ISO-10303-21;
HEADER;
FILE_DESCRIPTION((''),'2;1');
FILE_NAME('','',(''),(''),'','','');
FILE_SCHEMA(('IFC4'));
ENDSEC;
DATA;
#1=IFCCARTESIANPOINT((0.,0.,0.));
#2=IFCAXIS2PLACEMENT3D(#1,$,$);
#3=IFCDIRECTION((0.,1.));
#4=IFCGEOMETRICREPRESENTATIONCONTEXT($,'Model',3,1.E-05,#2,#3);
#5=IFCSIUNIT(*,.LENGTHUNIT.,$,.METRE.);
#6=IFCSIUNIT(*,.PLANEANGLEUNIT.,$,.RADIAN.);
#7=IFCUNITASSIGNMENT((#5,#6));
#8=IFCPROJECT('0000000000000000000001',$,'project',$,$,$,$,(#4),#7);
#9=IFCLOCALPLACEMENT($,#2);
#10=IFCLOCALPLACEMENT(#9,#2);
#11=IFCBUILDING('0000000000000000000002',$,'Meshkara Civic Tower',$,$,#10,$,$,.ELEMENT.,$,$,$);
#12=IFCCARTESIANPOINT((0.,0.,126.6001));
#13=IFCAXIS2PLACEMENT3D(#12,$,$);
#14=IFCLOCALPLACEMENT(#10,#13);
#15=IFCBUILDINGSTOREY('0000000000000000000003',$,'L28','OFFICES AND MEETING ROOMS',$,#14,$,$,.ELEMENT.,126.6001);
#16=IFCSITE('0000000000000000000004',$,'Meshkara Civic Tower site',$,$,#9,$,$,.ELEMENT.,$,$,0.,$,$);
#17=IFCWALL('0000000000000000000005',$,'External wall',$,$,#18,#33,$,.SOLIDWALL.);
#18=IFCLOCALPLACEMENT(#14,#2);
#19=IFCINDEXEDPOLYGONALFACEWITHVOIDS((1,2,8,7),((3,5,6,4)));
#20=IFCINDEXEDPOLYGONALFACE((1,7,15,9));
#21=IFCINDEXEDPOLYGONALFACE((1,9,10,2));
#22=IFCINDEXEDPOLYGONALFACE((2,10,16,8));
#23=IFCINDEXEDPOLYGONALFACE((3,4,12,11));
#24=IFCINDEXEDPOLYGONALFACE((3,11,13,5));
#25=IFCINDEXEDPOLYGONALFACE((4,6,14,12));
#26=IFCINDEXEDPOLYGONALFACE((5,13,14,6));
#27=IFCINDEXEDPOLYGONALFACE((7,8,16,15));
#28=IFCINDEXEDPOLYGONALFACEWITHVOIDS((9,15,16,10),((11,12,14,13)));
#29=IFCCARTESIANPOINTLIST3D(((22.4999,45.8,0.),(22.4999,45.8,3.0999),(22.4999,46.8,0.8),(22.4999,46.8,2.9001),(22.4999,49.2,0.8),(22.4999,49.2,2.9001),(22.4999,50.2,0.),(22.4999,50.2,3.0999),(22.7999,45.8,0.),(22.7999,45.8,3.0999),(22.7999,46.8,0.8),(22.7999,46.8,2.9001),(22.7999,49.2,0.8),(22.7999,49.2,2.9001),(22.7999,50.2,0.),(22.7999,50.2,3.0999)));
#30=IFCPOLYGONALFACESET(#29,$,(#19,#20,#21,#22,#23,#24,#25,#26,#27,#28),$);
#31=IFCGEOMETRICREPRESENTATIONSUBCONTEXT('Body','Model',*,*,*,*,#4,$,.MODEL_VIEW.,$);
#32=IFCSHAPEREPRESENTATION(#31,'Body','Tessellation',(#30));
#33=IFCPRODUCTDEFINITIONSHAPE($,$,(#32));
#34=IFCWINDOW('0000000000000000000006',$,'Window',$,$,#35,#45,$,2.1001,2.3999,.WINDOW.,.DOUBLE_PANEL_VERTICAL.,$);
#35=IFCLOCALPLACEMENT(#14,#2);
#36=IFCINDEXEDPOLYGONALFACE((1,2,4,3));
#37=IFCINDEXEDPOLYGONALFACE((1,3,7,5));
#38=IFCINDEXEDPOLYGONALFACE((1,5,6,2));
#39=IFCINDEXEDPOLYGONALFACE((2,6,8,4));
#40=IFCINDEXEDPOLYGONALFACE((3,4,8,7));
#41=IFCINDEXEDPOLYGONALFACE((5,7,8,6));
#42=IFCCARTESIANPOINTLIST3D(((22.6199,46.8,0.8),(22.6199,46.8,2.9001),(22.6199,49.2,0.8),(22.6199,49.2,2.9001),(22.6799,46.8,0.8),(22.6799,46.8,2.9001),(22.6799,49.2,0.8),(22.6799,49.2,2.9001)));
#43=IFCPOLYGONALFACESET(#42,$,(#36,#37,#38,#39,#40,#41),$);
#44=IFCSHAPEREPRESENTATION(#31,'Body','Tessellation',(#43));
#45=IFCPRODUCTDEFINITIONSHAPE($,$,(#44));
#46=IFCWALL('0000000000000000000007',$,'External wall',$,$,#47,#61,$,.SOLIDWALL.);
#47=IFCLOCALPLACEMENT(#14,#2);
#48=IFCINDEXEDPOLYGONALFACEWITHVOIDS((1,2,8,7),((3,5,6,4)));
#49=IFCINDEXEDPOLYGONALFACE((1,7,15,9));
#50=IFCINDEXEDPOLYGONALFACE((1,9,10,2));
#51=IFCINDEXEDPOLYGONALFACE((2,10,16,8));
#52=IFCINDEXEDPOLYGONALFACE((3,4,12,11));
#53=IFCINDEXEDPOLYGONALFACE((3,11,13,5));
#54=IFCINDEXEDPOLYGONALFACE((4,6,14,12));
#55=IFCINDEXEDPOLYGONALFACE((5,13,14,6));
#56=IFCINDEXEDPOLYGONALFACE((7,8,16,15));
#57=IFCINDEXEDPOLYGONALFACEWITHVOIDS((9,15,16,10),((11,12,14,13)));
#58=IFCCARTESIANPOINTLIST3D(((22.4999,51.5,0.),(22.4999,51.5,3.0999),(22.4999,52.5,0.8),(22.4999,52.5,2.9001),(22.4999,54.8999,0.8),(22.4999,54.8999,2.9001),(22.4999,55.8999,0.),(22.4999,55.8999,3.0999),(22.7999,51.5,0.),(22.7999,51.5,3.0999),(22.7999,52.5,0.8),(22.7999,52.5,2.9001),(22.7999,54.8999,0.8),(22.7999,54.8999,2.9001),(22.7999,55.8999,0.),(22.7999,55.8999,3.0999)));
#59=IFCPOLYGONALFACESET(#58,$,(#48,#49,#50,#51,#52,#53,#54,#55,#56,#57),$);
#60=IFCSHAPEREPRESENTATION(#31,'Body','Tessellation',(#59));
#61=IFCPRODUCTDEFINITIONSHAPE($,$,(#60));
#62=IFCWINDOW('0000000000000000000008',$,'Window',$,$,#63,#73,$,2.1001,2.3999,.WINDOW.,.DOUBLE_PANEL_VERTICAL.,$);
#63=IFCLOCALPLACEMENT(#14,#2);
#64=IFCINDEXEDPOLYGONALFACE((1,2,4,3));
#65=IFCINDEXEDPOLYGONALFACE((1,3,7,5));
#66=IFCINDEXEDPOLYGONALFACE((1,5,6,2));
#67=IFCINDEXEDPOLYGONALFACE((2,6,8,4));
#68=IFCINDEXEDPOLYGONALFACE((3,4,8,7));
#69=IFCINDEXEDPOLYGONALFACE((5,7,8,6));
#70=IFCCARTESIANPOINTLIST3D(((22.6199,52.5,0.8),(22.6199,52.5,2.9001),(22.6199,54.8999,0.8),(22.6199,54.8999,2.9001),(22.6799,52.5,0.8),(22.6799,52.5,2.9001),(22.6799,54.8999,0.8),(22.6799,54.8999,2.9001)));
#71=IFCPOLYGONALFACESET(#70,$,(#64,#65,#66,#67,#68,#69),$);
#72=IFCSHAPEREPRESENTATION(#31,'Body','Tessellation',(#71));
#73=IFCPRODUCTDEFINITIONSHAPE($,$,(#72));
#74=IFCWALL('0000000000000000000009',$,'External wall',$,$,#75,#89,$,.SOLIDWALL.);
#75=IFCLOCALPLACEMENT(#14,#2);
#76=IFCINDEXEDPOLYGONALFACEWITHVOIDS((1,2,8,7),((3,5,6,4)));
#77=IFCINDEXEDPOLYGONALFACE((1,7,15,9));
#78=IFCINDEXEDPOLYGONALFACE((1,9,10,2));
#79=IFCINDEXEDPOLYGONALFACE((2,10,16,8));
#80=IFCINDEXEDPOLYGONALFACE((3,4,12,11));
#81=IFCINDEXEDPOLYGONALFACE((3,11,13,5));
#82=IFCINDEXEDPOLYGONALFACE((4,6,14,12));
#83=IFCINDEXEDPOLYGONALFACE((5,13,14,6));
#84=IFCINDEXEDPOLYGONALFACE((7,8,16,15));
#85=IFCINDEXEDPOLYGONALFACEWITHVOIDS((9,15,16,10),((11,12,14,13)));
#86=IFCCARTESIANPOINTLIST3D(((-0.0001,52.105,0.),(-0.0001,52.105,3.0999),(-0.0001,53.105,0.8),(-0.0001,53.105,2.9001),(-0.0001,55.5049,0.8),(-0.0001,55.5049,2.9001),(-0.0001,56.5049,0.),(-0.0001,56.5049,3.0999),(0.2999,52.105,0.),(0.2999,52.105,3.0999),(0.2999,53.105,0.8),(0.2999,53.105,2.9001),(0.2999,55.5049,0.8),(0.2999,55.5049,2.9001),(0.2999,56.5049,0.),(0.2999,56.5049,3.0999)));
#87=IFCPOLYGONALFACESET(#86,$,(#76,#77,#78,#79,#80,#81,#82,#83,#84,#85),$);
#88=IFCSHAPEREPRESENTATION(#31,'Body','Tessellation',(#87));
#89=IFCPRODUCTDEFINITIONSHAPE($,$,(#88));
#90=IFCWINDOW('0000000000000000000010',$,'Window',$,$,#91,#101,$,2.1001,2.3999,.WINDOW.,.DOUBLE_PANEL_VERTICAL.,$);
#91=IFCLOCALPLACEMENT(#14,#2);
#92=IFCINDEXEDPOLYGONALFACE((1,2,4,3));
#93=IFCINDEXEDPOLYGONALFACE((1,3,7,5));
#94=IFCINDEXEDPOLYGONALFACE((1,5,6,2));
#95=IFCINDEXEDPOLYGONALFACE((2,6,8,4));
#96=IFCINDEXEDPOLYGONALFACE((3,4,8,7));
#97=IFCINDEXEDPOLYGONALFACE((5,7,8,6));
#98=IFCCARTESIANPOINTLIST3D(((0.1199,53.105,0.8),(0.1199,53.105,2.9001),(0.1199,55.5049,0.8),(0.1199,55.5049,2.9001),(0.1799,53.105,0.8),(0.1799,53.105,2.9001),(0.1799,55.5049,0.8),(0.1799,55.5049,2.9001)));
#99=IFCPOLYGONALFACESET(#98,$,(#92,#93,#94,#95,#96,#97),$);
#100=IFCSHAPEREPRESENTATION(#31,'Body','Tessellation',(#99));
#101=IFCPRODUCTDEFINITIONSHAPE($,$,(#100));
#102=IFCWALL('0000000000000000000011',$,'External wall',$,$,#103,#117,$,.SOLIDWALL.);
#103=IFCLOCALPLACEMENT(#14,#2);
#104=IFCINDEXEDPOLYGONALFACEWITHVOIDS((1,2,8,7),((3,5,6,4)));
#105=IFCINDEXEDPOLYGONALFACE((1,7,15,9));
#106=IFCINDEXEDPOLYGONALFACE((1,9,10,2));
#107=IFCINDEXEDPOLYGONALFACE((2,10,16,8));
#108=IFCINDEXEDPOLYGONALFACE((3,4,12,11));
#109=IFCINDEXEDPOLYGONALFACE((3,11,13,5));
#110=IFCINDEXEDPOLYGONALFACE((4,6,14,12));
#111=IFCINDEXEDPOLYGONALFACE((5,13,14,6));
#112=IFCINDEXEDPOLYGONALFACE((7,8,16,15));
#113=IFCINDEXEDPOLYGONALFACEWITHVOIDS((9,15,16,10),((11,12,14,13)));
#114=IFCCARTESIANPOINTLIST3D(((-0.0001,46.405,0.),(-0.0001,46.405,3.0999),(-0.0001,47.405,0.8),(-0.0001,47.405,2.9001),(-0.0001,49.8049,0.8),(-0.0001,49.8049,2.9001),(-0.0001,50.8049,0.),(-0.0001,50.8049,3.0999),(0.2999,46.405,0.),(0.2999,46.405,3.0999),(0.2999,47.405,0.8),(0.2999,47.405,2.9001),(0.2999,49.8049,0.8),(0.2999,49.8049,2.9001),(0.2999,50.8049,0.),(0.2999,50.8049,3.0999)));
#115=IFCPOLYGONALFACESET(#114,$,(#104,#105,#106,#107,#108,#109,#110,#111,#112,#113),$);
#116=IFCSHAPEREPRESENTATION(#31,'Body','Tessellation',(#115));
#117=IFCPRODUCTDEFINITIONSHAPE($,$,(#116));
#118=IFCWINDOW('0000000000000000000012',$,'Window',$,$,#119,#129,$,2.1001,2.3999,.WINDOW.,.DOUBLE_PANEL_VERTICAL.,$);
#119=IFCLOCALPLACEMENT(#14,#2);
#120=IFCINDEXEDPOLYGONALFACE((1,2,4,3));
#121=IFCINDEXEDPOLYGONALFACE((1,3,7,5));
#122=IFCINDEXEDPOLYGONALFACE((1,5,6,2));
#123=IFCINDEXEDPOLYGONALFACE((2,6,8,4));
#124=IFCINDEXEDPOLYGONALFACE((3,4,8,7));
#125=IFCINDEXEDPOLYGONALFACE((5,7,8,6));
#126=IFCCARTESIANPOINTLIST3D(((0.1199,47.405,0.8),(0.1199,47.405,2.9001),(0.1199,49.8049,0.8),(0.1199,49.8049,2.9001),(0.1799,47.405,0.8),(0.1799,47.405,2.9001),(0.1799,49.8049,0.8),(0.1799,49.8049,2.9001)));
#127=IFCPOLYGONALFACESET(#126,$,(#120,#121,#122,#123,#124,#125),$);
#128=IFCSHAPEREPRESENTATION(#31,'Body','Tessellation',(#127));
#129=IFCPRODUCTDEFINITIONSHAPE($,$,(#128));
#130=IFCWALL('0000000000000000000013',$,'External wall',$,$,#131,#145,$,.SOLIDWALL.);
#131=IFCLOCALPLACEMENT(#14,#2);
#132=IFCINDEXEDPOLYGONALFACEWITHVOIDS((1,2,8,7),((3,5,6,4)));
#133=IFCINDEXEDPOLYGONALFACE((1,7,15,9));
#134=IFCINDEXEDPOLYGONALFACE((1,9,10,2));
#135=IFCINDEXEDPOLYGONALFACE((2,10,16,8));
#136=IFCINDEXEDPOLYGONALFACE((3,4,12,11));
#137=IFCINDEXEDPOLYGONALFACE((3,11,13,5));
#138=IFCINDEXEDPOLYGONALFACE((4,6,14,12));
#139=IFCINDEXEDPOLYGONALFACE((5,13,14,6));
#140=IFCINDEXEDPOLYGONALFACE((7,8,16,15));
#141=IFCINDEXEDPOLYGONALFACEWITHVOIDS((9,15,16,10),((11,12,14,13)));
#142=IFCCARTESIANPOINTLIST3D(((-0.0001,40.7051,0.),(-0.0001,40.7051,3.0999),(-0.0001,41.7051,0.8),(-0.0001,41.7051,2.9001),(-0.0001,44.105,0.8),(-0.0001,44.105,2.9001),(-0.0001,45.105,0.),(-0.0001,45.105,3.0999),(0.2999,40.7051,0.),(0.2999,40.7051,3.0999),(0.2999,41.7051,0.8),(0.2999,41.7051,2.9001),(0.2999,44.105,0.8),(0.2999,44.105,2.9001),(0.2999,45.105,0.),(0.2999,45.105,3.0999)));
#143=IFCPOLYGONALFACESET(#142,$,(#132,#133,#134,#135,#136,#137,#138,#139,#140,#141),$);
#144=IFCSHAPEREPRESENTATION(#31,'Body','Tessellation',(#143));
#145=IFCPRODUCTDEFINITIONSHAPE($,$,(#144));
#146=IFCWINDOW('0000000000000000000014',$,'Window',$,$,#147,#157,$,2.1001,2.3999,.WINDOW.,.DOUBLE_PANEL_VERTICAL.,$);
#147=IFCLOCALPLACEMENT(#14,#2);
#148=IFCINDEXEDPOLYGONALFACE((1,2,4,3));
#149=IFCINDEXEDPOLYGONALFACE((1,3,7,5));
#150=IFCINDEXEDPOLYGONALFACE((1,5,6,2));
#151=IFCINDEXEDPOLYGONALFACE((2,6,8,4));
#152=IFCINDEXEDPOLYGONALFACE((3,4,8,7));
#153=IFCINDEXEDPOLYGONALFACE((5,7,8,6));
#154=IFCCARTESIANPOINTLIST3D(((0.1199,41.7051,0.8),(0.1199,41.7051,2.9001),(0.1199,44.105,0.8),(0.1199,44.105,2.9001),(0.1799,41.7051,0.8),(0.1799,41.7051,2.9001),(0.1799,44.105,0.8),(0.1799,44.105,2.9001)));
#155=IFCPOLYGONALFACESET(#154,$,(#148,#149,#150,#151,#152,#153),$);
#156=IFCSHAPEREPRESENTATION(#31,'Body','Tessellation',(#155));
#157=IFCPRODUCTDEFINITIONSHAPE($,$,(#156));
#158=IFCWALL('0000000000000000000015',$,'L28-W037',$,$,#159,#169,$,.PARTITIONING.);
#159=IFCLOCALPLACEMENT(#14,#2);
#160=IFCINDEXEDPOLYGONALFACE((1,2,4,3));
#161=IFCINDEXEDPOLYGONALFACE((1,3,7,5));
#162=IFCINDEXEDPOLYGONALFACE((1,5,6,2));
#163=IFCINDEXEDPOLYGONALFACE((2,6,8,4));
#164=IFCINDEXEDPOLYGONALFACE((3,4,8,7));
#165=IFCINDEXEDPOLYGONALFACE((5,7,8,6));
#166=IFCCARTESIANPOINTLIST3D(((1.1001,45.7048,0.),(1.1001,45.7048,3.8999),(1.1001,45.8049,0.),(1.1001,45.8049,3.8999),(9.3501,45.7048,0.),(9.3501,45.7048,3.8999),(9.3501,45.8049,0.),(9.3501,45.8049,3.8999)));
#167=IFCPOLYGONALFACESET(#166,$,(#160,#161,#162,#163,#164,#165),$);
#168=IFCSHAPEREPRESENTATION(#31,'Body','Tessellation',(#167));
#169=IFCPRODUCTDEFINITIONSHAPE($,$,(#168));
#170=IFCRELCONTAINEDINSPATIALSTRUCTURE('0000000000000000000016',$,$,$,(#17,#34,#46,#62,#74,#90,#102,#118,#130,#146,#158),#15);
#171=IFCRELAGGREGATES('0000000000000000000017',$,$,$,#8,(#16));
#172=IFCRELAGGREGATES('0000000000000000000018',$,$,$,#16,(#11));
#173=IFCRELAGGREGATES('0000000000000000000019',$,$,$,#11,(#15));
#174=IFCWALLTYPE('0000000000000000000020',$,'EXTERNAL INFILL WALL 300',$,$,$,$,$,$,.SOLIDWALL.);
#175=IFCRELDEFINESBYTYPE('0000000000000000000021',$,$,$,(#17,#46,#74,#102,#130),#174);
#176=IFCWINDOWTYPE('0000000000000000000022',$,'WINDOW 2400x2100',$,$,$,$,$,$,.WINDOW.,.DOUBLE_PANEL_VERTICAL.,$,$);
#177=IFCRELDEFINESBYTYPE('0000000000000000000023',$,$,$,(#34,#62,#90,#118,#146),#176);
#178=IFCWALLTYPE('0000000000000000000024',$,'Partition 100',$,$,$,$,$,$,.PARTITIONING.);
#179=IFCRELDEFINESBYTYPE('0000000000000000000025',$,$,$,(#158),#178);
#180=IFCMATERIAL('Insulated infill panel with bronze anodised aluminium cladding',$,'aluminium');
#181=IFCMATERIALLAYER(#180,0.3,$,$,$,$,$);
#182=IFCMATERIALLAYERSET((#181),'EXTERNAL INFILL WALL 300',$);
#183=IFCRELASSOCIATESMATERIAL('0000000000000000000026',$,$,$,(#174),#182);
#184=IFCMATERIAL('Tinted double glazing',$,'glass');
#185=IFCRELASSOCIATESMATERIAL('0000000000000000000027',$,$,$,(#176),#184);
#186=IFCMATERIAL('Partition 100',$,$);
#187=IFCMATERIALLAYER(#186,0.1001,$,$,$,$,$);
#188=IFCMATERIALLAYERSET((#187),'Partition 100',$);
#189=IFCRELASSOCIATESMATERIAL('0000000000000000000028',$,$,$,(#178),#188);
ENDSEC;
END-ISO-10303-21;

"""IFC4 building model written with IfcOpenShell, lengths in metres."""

from ifc_helpers import new_model, si_unit, direction, frame, frame_2d, origin, place, context, subcontext, project, spatial, rectangle, extrude, material, layer, layer_set, type_object, element, fill, save


model = new_model("IFC4")

# Units and contexts
model_context = context("Model", 3, precision=1e-05, world=origin(), true_north=direction((0.0, 1.0)))
body_context = subcontext(model_context, "Body", "Model", "MODEL_VIEW")
ifc_project = project(units=[si_unit("LENGTHUNIT", "METRE"), si_unit("PLANEANGLEUNIT", "RADIAN")], contexts=[model_context])

# Site, building, storey
site_placement = place(None, origin())
site = spatial("IfcSite", under=ifc_project, at=site_placement, Name="Meshkara Civic Tower site", CompositionType="ELEMENT", RefElevation=0.0)
building_placement = place(site_placement, origin())
building = spatial("IfcBuilding", under=site, at=building_placement, Name="Meshkara Civic Tower", CompositionType="ELEMENT")
storey_placement = place(building_placement, frame((0.0, 0.0, 126.6001)))
storey = spatial("IfcBuildingStorey", under=building, at=storey_placement, Name="L28", Description="OFFICES AND MEETING ROOMS", CompositionType="ELEMENT", Elevation=126.6001)

# Walls, openings, windows
ifc_material_1 = material(Name="Insulated infill panel with bronze anodised aluminium cladding", Category="aluminium")
ifc_layer_1 = layer(ifc_material_1, 0.3)
ifc_layer_set_1 = layer_set([ifc_layer_1], Name="EXTERNAL INFILL WALL 300")
wall_type_1 = type_object("IfcWallType", Name="EXTERNAL INFILL WALL 300", PredefinedType="SOLIDWALL", material=ifc_layer_set_1)
wall_1_placement = place(storey_placement, frame((22.6499, 45.8, 0.0), z_axis=(0.0, 0.0, 1.0), x_axis=(0.0, 1.0, 0.0)))
wall_1 = element("IfcWall", 1, at=wall_1_placement, inside=storey, type_object=wall_type_1, Name="External wall", PredefinedType="SOLIDWALL", context=body_context, shape_type="SweptSolid", body=[
    extrude(rectangle(XDim=4.3999, YDim=0.3, at=frame_2d((2.2, 0.0))), origin(), (0.0, 0.0, 1.0), 3.0999),
])
opening_1_placement = place(wall_1_placement, frame((1.0, 0.0, 0.8)))
opening_1 = element("IfcOpeningElement", 2, at=opening_1_placement, cuts=wall_1, PredefinedType="OPENING", context=body_context, shape_type="SweptSolid", body=[
    extrude(rectangle(XDim=2.3999, YDim=2.1001, at=frame_2d((1.2, 1.05))), frame((0.0, 0.1599, 0.0), z_axis=(0.0, -1.0, 0.0), x_axis=(1.0, 0.0, 0.0)), (0.0, 0.0, 1.0), 0.3201),
])
ifc_material_2 = material(Name="Tinted double glazing", Category="glass")
window_type = type_object("IfcWindowType", Name="WINDOW 2400x2100", PartitioningType="DOUBLE_PANEL_VERTICAL", PredefinedType="WINDOW", material=ifc_material_2)
window_1_placement = place(opening_1_placement, origin())
window_1 = element("IfcWindow", 3, at=window_1_placement, inside=storey, type_object=window_type, Name="Window", OverallHeight=2.1001, OverallWidth=2.3999, PartitioningType="DOUBLE_PANEL_VERTICAL", PredefinedType="WINDOW", context=body_context, shape_type="SweptSolid", body=[
    extrude(rectangle(XDim=2.3999, YDim=2.1001, at=frame_2d((1.2, 1.05))), frame((0.0, 0.03, 0.0), z_axis=(0.0, -1.0, 0.0), x_axis=(1.0, 0.0, 0.0)), (0.0, 0.0, 1.0), 0.0601),
])
fill(opening_1, window_1)
wall_2_placement = place(storey_placement, frame((22.6499, 51.5, 0.0), z_axis=(0.0, 0.0, 1.0), x_axis=(0.0, 1.0, 0.0)))
wall_2 = element("IfcWall", 4, at=wall_2_placement, inside=storey, type_object=wall_type_1, Name="External wall", PredefinedType="SOLIDWALL", context=body_context, shape_type="SweptSolid", body=[
    extrude(rectangle(XDim=4.3999, YDim=0.3, at=frame_2d((2.2, 0.0))), origin(), (0.0, 0.0, 1.0), 3.0999),
])
opening_2_placement = place(wall_2_placement, frame((1.0, 0.0, 0.8)))
opening_2 = element("IfcOpeningElement", 5, at=opening_2_placement, cuts=wall_2, PredefinedType="OPENING", context=body_context, shape_type="SweptSolid", body=[
    extrude(rectangle(XDim=2.3999, YDim=2.1001, at=frame_2d((1.2, 1.05))), frame((0.0, 0.1599, 0.0), z_axis=(0.0, -1.0, 0.0), x_axis=(1.0, 0.0, 0.0)), (0.0, 0.0, 1.0), 0.3201),
])
window_2_placement = place(opening_2_placement, origin())
window_2 = element("IfcWindow", 6, at=window_2_placement, inside=storey, type_object=window_type, Name="Window", OverallHeight=2.1001, OverallWidth=2.3999, PartitioningType="DOUBLE_PANEL_VERTICAL", PredefinedType="WINDOW", context=body_context, shape_type="SweptSolid", body=[
    extrude(rectangle(XDim=2.3999, YDim=2.1001, at=frame_2d((1.2, 1.05))), frame((0.0, 0.03, 0.0), z_axis=(0.0, -1.0, 0.0), x_axis=(1.0, 0.0, 0.0)), (0.0, 0.0, 1.0), 0.0601),
])
fill(opening_2, window_2)
wall_3_placement = place(storey_placement, frame((0.1499, 56.5049, 0.0), z_axis=(0.0, 0.0, 1.0), x_axis=(0.0, -1.0, 0.0)))
wall_3 = element("IfcWall", 7, at=wall_3_placement, inside=storey, type_object=wall_type_1, Name="External wall", PredefinedType="SOLIDWALL", context=body_context, shape_type="SweptSolid", body=[
    extrude(rectangle(XDim=4.3999, YDim=0.3, at=frame_2d((2.2, 0.0))), origin(), (0.0, 0.0, 1.0), 3.0999),
])
opening_3_placement = place(wall_3_placement, frame((1.0, 0.0, 0.8)))
opening_3 = element("IfcOpeningElement", 8, at=opening_3_placement, cuts=wall_3, PredefinedType="OPENING", context=body_context, shape_type="SweptSolid", body=[
    extrude(rectangle(XDim=2.3999, YDim=2.1001, at=frame_2d((1.2, 1.05))), frame((0.0, 0.1599, 0.0), z_axis=(0.0, -1.0, 0.0), x_axis=(1.0, 0.0, 0.0)), (0.0, 0.0, 1.0), 0.3201),
])
window_3_placement = place(opening_3_placement, origin())
window_3 = element("IfcWindow", 9, at=window_3_placement, inside=storey, type_object=window_type, Name="Window", OverallHeight=2.1001, OverallWidth=2.3999, PartitioningType="DOUBLE_PANEL_VERTICAL", PredefinedType="WINDOW", context=body_context, shape_type="SweptSolid", body=[
    extrude(rectangle(XDim=2.3999, YDim=2.1001, at=frame_2d((1.2, 1.05))), frame((0.0, 0.03, 0.0), z_axis=(0.0, -1.0, 0.0), x_axis=(1.0, 0.0, 0.0)), (0.0, 0.0, 1.0), 0.0601),
])
fill(opening_3, window_3)
wall_4_placement = place(storey_placement, frame((0.1499, 50.8049, 0.0), z_axis=(0.0, 0.0, 1.0), x_axis=(0.0, -1.0, 0.0)))
wall_4 = element("IfcWall", 10, at=wall_4_placement, inside=storey, type_object=wall_type_1, Name="External wall", PredefinedType="SOLIDWALL", context=body_context, shape_type="SweptSolid", body=[
    extrude(rectangle(XDim=4.3999, YDim=0.3, at=frame_2d((2.2, 0.0))), origin(), (0.0, 0.0, 1.0), 3.0999),
])
opening_4_placement = place(wall_4_placement, frame((1.0, 0.0, 0.8)))
opening_4 = element("IfcOpeningElement", 11, at=opening_4_placement, cuts=wall_4, PredefinedType="OPENING", context=body_context, shape_type="SweptSolid", body=[
    extrude(rectangle(XDim=2.3999, YDim=2.1001, at=frame_2d((1.2, 1.05))), frame((0.0, 0.1599, 0.0), z_axis=(0.0, -1.0, 0.0), x_axis=(1.0, 0.0, 0.0)), (0.0, 0.0, 1.0), 0.3201),
])
window_4_placement = place(opening_4_placement, origin())
window_4 = element("IfcWindow", 12, at=window_4_placement, inside=storey, type_object=window_type, Name="Window", OverallHeight=2.1001, OverallWidth=2.3999, PartitioningType="DOUBLE_PANEL_VERTICAL", PredefinedType="WINDOW", context=body_context, shape_type="SweptSolid", body=[
    extrude(rectangle(XDim=2.3999, YDim=2.1001, at=frame_2d((1.2, 1.05))), frame((0.0, 0.03, 0.0), z_axis=(0.0, -1.0, 0.0), x_axis=(1.0, 0.0, 0.0)), (0.0, 0.0, 1.0), 0.0601),
])
fill(opening_4, window_4)
wall_5_placement = place(storey_placement, frame((0.1499, 45.105, 0.0), z_axis=(0.0, 0.0, 1.0), x_axis=(0.0, -1.0, 0.0)))
wall_5 = element("IfcWall", 13, at=wall_5_placement, inside=storey, type_object=wall_type_1, Name="External wall", PredefinedType="SOLIDWALL", context=body_context, shape_type="SweptSolid", body=[
    extrude(rectangle(XDim=4.3999, YDim=0.3, at=frame_2d((2.2, 0.0))), origin(), (0.0, 0.0, 1.0), 3.0999),
])
opening_5_placement = place(wall_5_placement, frame((1.0, 0.0, 0.8)))
opening_5 = element("IfcOpeningElement", 14, at=opening_5_placement, cuts=wall_5, PredefinedType="OPENING", context=body_context, shape_type="SweptSolid", body=[
    extrude(rectangle(XDim=2.3999, YDim=2.1001, at=frame_2d((1.2, 1.05))), frame((0.0, 0.1599, 0.0), z_axis=(0.0, -1.0, 0.0), x_axis=(1.0, 0.0, 0.0)), (0.0, 0.0, 1.0), 0.3201),
])
window_5_placement = place(opening_5_placement, origin())
window_5 = element("IfcWindow", 15, at=window_5_placement, inside=storey, type_object=window_type, Name="Window", OverallHeight=2.1001, OverallWidth=2.3999, PartitioningType="DOUBLE_PANEL_VERTICAL", PredefinedType="WINDOW", context=body_context, shape_type="SweptSolid", body=[
    extrude(rectangle(XDim=2.3999, YDim=2.1001, at=frame_2d((1.2, 1.05))), frame((0.0, 0.03, 0.0), z_axis=(0.0, -1.0, 0.0), x_axis=(1.0, 0.0, 0.0)), (0.0, 0.0, 1.0), 0.0601),
])
fill(opening_5, window_5)

# Wall
ifc_material_3 = material(Name="Partition 100")
ifc_layer_2 = layer(ifc_material_3, 0.1001)
ifc_layer_set_2 = layer_set([ifc_layer_2], Name="Partition 100")
wall_type_2 = type_object("IfcWallType", Name="Partition 100", PredefinedType="PARTITIONING", material=ifc_layer_set_2)
wall_6_placement = place(storey_placement, frame((9.3501, 45.7549, 0.0), z_axis=(0.0, 0.0, 1.0), x_axis=(-1.0, 0.0, 0.0)))
element("IfcWall", 16, at=wall_6_placement, inside=storey, type_object=wall_type_2, Name="L28-W037", PredefinedType="PARTITIONING", context=body_context, shape_type="SweptSolid", body=[
    extrude(rectangle(XDim=8.25, YDim=0.1001, at=frame_2d((4.125, 0.0))), origin(), (0.0, 0.0, 1.0), 3.8999),
])

save(model, "model.ifc")
